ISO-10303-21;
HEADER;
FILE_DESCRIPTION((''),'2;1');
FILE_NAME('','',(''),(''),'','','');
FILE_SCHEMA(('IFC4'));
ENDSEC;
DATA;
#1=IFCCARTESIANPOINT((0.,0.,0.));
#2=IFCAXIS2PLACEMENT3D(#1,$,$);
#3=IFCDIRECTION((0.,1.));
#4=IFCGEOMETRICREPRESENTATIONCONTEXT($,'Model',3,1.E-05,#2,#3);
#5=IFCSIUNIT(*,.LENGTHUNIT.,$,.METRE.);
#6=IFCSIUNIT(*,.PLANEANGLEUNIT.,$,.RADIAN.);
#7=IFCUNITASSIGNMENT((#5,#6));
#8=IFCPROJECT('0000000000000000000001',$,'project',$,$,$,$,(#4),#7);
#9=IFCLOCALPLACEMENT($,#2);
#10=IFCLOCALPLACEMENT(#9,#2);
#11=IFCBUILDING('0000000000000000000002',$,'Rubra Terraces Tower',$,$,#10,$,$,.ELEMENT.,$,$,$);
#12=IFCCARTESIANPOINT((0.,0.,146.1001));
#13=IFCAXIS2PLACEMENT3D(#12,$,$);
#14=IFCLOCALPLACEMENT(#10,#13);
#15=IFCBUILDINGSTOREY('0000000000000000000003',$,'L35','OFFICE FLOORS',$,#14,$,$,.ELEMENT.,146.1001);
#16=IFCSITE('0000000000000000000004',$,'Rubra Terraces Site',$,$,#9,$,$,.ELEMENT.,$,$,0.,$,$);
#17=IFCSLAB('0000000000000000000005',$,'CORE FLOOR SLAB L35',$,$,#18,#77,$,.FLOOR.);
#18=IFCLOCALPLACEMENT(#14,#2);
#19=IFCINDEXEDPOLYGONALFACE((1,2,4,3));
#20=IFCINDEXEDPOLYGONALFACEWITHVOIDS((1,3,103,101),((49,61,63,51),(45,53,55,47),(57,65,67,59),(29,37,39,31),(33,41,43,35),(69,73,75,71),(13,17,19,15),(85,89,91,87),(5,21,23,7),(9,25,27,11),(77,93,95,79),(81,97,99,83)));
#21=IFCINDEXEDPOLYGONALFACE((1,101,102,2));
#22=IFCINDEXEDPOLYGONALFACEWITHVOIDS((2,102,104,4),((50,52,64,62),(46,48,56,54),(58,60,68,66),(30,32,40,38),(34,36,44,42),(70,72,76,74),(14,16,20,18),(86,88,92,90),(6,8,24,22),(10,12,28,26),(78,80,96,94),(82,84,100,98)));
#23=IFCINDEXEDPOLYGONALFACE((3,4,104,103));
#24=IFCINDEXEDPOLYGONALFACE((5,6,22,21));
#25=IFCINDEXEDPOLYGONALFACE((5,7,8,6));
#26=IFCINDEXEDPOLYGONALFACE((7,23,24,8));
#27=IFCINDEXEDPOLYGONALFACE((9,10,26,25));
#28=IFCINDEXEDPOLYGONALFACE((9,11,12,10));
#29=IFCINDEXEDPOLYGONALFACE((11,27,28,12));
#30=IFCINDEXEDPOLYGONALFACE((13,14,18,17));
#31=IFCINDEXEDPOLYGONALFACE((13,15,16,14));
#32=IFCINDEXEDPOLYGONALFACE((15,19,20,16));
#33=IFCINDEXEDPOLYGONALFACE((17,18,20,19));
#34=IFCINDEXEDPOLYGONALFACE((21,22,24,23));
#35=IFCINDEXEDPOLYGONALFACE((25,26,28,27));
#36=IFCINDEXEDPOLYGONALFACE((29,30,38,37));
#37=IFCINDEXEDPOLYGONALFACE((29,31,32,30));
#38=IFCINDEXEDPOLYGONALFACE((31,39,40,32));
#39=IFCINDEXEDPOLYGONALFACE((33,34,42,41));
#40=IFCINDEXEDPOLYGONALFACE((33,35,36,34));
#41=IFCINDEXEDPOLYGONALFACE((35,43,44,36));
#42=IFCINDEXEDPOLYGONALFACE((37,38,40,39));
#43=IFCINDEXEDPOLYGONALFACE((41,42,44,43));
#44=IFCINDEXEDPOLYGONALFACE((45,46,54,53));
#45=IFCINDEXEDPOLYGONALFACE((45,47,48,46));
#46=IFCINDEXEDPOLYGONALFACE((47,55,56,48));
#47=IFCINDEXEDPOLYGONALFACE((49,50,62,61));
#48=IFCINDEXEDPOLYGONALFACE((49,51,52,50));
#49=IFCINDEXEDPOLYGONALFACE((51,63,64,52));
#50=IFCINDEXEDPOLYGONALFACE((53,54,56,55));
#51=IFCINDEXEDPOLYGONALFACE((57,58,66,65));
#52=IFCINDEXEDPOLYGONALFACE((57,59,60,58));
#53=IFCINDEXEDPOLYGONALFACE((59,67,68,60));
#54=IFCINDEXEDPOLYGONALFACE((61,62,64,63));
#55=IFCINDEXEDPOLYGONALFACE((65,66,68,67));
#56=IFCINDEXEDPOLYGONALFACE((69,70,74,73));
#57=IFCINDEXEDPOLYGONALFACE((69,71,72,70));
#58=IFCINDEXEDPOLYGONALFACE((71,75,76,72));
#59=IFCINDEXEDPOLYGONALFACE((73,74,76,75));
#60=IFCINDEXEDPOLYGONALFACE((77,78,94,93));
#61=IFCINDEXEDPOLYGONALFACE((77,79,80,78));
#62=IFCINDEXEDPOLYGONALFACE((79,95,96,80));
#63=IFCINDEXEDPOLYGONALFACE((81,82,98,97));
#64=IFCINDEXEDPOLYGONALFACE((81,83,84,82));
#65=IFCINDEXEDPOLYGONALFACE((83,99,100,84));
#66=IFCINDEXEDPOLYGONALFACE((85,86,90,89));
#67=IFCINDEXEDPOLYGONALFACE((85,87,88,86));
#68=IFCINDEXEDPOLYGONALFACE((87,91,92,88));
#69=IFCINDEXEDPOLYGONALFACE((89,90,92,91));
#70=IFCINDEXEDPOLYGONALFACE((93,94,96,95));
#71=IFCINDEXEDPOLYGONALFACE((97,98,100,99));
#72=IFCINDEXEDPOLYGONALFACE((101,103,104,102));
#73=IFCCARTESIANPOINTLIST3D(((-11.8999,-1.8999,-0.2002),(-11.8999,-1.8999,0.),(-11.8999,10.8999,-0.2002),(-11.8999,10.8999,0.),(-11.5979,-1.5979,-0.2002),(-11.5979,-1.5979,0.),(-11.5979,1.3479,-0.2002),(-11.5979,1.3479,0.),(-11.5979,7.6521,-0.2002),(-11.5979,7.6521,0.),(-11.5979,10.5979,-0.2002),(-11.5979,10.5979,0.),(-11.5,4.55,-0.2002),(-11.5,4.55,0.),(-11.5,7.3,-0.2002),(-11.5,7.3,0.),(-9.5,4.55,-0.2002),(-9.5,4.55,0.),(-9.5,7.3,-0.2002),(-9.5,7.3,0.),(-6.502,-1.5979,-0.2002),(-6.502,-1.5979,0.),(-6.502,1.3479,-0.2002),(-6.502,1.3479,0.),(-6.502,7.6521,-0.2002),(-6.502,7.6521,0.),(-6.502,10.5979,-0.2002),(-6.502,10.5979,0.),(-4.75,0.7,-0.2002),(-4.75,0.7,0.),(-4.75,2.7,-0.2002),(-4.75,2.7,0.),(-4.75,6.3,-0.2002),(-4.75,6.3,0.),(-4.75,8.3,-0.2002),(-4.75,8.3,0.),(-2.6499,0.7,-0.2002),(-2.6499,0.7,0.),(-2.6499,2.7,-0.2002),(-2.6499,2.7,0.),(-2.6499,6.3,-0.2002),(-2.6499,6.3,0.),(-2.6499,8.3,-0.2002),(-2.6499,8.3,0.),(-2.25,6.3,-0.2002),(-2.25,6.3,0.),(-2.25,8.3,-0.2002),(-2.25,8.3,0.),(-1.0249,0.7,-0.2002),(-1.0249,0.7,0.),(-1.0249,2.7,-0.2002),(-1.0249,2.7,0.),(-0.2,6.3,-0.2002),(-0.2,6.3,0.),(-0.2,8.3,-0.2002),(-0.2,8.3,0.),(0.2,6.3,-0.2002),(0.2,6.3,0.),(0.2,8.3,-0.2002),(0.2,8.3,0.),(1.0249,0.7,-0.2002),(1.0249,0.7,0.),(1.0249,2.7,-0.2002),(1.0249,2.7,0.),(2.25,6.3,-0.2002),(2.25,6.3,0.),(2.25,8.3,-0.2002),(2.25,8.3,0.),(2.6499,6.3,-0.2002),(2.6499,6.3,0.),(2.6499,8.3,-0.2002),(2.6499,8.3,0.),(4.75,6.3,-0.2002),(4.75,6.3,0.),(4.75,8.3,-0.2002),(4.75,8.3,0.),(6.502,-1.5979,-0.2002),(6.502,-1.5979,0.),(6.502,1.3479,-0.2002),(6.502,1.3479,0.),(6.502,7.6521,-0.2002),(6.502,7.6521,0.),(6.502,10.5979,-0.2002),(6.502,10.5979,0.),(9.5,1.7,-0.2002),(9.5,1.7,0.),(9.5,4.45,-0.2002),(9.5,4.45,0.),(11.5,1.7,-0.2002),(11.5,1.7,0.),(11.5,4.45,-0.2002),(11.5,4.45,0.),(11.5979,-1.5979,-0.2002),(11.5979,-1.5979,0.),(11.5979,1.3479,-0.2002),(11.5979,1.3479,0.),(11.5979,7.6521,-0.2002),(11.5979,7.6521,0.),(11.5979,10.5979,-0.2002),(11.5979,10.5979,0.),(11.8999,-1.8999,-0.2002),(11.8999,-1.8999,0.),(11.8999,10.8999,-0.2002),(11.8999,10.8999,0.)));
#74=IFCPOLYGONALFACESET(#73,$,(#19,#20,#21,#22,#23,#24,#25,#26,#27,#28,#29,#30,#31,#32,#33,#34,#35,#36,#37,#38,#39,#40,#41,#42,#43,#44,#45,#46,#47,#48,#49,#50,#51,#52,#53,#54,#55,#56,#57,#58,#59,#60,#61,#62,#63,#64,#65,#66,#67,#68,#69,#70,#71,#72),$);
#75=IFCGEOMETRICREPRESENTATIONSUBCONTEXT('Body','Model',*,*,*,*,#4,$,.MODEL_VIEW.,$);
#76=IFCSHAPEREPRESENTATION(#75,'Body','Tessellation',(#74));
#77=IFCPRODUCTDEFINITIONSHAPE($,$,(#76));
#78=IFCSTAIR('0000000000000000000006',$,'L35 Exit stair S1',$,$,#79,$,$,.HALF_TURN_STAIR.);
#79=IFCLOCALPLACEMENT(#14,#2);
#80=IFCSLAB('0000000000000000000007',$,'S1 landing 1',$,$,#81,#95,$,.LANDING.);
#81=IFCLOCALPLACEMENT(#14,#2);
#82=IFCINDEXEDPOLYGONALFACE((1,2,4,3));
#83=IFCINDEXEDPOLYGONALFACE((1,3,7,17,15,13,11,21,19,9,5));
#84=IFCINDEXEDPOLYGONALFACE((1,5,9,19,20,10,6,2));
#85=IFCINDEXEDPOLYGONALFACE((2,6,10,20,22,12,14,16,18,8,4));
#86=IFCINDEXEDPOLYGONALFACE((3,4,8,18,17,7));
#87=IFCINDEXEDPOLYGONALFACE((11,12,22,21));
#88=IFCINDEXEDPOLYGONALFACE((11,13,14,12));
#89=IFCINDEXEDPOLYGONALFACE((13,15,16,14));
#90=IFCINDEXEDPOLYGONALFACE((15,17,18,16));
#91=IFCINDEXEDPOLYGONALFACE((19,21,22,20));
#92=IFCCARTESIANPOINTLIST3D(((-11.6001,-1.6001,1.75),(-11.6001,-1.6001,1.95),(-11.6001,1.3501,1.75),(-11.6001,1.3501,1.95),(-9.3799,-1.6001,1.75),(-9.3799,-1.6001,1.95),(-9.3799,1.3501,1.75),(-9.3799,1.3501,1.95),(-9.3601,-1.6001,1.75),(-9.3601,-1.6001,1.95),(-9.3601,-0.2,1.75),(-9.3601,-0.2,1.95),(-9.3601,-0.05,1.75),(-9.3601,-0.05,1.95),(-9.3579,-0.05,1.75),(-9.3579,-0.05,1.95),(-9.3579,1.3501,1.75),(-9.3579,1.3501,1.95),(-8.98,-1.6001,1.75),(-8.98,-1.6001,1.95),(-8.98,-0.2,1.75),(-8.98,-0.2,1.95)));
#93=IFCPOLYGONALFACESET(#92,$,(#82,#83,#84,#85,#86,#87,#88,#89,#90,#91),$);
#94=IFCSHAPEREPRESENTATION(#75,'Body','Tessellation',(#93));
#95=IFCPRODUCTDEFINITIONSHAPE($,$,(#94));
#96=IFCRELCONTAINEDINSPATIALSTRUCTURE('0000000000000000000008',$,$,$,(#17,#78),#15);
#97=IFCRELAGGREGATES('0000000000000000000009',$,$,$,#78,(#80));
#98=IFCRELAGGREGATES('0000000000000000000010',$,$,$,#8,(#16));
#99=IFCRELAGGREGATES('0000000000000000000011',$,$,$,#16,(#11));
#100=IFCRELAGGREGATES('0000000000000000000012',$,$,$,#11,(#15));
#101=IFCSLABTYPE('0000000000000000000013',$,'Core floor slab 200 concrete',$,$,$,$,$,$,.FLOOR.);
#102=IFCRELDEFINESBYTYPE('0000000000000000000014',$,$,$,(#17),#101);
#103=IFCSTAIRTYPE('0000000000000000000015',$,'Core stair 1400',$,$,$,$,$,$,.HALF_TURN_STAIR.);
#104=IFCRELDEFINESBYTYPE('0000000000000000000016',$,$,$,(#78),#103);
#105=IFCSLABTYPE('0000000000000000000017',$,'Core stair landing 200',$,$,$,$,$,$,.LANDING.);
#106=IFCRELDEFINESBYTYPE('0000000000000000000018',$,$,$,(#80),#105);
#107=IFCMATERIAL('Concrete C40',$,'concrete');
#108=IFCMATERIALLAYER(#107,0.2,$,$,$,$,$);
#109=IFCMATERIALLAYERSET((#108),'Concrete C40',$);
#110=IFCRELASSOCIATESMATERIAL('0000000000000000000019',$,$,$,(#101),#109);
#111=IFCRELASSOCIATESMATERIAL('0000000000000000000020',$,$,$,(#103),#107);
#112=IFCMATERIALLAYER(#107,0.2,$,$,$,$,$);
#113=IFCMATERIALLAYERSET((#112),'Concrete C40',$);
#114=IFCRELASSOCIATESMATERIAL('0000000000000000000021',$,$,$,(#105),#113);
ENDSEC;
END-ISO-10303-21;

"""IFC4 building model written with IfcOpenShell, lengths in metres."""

from ifc_helpers import new_model, si_unit, direction, frame, origin, place, context, subcontext, project, spatial, polyline, outline, extrude, material, layer, layer_set, type_object, element, aggregate, save


model = new_model("IFC4")

# Units and contexts
model_context = context("Model", 3, precision=1e-05, world=origin(), true_north=direction((0.0, 1.0)))
body_context = subcontext(model_context, "Body", "Model", "MODEL_VIEW")
ifc_project = project(units=[si_unit("LENGTHUNIT", "METRE"), si_unit("PLANEANGLEUNIT", "RADIAN")], contexts=[model_context])

# Site, building, storey
site_placement = place(None, origin())
site = spatial("IfcSite", under=ifc_project, at=site_placement, Name="Rubra Terraces Site", CompositionType="ELEMENT", RefElevation=0.0)
building_placement = place(site_placement, origin())
building = spatial("IfcBuilding", under=site, at=building_placement, Name="Rubra Terraces Tower", CompositionType="ELEMENT")
storey_placement = place(building_placement, frame((0.0, 0.0, 146.1001)))
storey = spatial("IfcBuildingStorey", under=building, at=storey_placement, Name="L35", Description="OFFICE FLOORS", CompositionType="ELEMENT", Elevation=146.1001)

# Slab
ifc_material_1 = material(Name="Concrete C40", Category="concrete")
ifc_layer_1 = layer(ifc_material_1, 0.2)
ifc_layer_set_1 = layer_set([ifc_layer_1], Name="Concrete C40")
slab_type_1 = type_object("IfcSlabType", Name="Core floor slab 200 concrete", PredefinedType="FLOOR", material=ifc_layer_set_1)
slab_1_placement = place(storey_placement, frame((0.0, 0.0, -0.2002)))
element("IfcSlab", 1, at=slab_1_placement, inside=storey, type_object=slab_type_1, Name="CORE FLOOR SLAB L35", PredefinedType="FLOOR", context=body_context, shape_type="SweptSolid", body=[
    extrude(outline(polyline([(-11.8999, -1.8999), (-11.8999, 10.8999), (11.8999, 10.8999), (11.8999, -1.8999), (-11.8999, -1.8999)]), holes=[polyline([(11.5979, 1.3479), (6.502, 1.3479), (6.502, -1.5979), (11.5979, -1.5979), (11.5979, 1.3479)]), polyline([(11.5979, 7.6521), (11.5979, 10.5979), (6.502, 10.5979), (6.502, 7.6521), (11.5979, 7.6521)]), polyline([(9.5, 1.7), (11.5, 1.7), (11.5, 4.45), (9.5, 4.45), (9.5, 1.7)]), polyline([(4.75, 6.3), (4.75, 8.3), (2.6499, 8.3), (2.6499, 6.3), (4.75, 6.3)]), polyline([(2.25, 8.3), (0.2, 8.3), (0.2, 6.3), (2.25, 6.3), (2.25, 8.3)]), polyline([(1.0249, 0.7), (1.0249, 2.7), (-1.0249, 2.7), (-1.0249, 0.7), (1.0249, 0.7)]), polyline([(-0.2, 6.3), (-0.2, 8.3), (-2.25, 8.3), (-2.25, 6.3), (-0.2, 6.3)]), polyline([(-4.75, 8.3), (-4.75, 6.3), (-2.6499, 6.3), (-2.6499, 8.3), (-4.75, 8.3)]), polyline([(-2.6499, 0.7), (-2.6499, 2.7), (-4.75, 2.7), (-4.75, 0.7), (-2.6499, 0.7)]), polyline([(-11.5979, -1.5979), (-6.502, -1.5979), (-6.502, 1.3479), (-11.5979, 1.3479), (-11.5979, -1.5979)]), polyline([(-11.5979, 10.5979), (-11.5979, 7.6521), (-6.502, 7.6521), (-6.502, 10.5979), (-11.5979, 10.5979)]), polyline([(-9.5, 4.55), (-9.5, 7.3), (-11.5, 7.3), (-11.5, 4.55), (-9.5, 4.55)])]), origin(), (0.0, 0.0, 1.0), 0.2002),
])

# Stair, slab
stair_type = type_object("IfcStairType", Name="Core stair 1400", PredefinedType="HALF_TURN_STAIR", material=ifc_material_1)
stair_placement = place(storey_placement, origin())
stair = element("IfcStair", 2, at=stair_placement, inside=storey, type_object=stair_type, Name="L35 Exit stair S1", PredefinedType="HALF_TURN_STAIR")
ifc_layer_2 = layer(ifc_material_1, 0.2)
ifc_layer_set_2 = layer_set([ifc_layer_2], Name="Concrete C40")
slab_type_2 = type_object("IfcSlabType", Name="Core stair landing 200", PredefinedType="LANDING", material=ifc_layer_set_2)
slab_2_placement = place(storey_placement, frame((0.0, 0.0, 1.75)))
slab_2 = element("IfcSlab", 3, at=slab_2_placement, type_object=slab_type_2, Name="S1 landing 1", PredefinedType="LANDING", context=body_context, shape_type="SweptSolid", body=[
    extrude(outline(polyline([(-8.98, -0.2), (-8.98, -1.6001), (-9.3601, -1.6001), (-9.3799, -1.6001), (-11.6001, -1.6001), (-11.6001, 1.3501), (-9.3799, 1.3501), (-9.3579, 1.3501), (-9.3579, -0.05), (-9.3601, -0.05), (-9.3601, -0.2), (-8.98, -0.2)])), origin(), (0.0, 0.0, 1.0), 0.2),
])

aggregate(stair, [slab_2])

save(model, "model.ifc")
